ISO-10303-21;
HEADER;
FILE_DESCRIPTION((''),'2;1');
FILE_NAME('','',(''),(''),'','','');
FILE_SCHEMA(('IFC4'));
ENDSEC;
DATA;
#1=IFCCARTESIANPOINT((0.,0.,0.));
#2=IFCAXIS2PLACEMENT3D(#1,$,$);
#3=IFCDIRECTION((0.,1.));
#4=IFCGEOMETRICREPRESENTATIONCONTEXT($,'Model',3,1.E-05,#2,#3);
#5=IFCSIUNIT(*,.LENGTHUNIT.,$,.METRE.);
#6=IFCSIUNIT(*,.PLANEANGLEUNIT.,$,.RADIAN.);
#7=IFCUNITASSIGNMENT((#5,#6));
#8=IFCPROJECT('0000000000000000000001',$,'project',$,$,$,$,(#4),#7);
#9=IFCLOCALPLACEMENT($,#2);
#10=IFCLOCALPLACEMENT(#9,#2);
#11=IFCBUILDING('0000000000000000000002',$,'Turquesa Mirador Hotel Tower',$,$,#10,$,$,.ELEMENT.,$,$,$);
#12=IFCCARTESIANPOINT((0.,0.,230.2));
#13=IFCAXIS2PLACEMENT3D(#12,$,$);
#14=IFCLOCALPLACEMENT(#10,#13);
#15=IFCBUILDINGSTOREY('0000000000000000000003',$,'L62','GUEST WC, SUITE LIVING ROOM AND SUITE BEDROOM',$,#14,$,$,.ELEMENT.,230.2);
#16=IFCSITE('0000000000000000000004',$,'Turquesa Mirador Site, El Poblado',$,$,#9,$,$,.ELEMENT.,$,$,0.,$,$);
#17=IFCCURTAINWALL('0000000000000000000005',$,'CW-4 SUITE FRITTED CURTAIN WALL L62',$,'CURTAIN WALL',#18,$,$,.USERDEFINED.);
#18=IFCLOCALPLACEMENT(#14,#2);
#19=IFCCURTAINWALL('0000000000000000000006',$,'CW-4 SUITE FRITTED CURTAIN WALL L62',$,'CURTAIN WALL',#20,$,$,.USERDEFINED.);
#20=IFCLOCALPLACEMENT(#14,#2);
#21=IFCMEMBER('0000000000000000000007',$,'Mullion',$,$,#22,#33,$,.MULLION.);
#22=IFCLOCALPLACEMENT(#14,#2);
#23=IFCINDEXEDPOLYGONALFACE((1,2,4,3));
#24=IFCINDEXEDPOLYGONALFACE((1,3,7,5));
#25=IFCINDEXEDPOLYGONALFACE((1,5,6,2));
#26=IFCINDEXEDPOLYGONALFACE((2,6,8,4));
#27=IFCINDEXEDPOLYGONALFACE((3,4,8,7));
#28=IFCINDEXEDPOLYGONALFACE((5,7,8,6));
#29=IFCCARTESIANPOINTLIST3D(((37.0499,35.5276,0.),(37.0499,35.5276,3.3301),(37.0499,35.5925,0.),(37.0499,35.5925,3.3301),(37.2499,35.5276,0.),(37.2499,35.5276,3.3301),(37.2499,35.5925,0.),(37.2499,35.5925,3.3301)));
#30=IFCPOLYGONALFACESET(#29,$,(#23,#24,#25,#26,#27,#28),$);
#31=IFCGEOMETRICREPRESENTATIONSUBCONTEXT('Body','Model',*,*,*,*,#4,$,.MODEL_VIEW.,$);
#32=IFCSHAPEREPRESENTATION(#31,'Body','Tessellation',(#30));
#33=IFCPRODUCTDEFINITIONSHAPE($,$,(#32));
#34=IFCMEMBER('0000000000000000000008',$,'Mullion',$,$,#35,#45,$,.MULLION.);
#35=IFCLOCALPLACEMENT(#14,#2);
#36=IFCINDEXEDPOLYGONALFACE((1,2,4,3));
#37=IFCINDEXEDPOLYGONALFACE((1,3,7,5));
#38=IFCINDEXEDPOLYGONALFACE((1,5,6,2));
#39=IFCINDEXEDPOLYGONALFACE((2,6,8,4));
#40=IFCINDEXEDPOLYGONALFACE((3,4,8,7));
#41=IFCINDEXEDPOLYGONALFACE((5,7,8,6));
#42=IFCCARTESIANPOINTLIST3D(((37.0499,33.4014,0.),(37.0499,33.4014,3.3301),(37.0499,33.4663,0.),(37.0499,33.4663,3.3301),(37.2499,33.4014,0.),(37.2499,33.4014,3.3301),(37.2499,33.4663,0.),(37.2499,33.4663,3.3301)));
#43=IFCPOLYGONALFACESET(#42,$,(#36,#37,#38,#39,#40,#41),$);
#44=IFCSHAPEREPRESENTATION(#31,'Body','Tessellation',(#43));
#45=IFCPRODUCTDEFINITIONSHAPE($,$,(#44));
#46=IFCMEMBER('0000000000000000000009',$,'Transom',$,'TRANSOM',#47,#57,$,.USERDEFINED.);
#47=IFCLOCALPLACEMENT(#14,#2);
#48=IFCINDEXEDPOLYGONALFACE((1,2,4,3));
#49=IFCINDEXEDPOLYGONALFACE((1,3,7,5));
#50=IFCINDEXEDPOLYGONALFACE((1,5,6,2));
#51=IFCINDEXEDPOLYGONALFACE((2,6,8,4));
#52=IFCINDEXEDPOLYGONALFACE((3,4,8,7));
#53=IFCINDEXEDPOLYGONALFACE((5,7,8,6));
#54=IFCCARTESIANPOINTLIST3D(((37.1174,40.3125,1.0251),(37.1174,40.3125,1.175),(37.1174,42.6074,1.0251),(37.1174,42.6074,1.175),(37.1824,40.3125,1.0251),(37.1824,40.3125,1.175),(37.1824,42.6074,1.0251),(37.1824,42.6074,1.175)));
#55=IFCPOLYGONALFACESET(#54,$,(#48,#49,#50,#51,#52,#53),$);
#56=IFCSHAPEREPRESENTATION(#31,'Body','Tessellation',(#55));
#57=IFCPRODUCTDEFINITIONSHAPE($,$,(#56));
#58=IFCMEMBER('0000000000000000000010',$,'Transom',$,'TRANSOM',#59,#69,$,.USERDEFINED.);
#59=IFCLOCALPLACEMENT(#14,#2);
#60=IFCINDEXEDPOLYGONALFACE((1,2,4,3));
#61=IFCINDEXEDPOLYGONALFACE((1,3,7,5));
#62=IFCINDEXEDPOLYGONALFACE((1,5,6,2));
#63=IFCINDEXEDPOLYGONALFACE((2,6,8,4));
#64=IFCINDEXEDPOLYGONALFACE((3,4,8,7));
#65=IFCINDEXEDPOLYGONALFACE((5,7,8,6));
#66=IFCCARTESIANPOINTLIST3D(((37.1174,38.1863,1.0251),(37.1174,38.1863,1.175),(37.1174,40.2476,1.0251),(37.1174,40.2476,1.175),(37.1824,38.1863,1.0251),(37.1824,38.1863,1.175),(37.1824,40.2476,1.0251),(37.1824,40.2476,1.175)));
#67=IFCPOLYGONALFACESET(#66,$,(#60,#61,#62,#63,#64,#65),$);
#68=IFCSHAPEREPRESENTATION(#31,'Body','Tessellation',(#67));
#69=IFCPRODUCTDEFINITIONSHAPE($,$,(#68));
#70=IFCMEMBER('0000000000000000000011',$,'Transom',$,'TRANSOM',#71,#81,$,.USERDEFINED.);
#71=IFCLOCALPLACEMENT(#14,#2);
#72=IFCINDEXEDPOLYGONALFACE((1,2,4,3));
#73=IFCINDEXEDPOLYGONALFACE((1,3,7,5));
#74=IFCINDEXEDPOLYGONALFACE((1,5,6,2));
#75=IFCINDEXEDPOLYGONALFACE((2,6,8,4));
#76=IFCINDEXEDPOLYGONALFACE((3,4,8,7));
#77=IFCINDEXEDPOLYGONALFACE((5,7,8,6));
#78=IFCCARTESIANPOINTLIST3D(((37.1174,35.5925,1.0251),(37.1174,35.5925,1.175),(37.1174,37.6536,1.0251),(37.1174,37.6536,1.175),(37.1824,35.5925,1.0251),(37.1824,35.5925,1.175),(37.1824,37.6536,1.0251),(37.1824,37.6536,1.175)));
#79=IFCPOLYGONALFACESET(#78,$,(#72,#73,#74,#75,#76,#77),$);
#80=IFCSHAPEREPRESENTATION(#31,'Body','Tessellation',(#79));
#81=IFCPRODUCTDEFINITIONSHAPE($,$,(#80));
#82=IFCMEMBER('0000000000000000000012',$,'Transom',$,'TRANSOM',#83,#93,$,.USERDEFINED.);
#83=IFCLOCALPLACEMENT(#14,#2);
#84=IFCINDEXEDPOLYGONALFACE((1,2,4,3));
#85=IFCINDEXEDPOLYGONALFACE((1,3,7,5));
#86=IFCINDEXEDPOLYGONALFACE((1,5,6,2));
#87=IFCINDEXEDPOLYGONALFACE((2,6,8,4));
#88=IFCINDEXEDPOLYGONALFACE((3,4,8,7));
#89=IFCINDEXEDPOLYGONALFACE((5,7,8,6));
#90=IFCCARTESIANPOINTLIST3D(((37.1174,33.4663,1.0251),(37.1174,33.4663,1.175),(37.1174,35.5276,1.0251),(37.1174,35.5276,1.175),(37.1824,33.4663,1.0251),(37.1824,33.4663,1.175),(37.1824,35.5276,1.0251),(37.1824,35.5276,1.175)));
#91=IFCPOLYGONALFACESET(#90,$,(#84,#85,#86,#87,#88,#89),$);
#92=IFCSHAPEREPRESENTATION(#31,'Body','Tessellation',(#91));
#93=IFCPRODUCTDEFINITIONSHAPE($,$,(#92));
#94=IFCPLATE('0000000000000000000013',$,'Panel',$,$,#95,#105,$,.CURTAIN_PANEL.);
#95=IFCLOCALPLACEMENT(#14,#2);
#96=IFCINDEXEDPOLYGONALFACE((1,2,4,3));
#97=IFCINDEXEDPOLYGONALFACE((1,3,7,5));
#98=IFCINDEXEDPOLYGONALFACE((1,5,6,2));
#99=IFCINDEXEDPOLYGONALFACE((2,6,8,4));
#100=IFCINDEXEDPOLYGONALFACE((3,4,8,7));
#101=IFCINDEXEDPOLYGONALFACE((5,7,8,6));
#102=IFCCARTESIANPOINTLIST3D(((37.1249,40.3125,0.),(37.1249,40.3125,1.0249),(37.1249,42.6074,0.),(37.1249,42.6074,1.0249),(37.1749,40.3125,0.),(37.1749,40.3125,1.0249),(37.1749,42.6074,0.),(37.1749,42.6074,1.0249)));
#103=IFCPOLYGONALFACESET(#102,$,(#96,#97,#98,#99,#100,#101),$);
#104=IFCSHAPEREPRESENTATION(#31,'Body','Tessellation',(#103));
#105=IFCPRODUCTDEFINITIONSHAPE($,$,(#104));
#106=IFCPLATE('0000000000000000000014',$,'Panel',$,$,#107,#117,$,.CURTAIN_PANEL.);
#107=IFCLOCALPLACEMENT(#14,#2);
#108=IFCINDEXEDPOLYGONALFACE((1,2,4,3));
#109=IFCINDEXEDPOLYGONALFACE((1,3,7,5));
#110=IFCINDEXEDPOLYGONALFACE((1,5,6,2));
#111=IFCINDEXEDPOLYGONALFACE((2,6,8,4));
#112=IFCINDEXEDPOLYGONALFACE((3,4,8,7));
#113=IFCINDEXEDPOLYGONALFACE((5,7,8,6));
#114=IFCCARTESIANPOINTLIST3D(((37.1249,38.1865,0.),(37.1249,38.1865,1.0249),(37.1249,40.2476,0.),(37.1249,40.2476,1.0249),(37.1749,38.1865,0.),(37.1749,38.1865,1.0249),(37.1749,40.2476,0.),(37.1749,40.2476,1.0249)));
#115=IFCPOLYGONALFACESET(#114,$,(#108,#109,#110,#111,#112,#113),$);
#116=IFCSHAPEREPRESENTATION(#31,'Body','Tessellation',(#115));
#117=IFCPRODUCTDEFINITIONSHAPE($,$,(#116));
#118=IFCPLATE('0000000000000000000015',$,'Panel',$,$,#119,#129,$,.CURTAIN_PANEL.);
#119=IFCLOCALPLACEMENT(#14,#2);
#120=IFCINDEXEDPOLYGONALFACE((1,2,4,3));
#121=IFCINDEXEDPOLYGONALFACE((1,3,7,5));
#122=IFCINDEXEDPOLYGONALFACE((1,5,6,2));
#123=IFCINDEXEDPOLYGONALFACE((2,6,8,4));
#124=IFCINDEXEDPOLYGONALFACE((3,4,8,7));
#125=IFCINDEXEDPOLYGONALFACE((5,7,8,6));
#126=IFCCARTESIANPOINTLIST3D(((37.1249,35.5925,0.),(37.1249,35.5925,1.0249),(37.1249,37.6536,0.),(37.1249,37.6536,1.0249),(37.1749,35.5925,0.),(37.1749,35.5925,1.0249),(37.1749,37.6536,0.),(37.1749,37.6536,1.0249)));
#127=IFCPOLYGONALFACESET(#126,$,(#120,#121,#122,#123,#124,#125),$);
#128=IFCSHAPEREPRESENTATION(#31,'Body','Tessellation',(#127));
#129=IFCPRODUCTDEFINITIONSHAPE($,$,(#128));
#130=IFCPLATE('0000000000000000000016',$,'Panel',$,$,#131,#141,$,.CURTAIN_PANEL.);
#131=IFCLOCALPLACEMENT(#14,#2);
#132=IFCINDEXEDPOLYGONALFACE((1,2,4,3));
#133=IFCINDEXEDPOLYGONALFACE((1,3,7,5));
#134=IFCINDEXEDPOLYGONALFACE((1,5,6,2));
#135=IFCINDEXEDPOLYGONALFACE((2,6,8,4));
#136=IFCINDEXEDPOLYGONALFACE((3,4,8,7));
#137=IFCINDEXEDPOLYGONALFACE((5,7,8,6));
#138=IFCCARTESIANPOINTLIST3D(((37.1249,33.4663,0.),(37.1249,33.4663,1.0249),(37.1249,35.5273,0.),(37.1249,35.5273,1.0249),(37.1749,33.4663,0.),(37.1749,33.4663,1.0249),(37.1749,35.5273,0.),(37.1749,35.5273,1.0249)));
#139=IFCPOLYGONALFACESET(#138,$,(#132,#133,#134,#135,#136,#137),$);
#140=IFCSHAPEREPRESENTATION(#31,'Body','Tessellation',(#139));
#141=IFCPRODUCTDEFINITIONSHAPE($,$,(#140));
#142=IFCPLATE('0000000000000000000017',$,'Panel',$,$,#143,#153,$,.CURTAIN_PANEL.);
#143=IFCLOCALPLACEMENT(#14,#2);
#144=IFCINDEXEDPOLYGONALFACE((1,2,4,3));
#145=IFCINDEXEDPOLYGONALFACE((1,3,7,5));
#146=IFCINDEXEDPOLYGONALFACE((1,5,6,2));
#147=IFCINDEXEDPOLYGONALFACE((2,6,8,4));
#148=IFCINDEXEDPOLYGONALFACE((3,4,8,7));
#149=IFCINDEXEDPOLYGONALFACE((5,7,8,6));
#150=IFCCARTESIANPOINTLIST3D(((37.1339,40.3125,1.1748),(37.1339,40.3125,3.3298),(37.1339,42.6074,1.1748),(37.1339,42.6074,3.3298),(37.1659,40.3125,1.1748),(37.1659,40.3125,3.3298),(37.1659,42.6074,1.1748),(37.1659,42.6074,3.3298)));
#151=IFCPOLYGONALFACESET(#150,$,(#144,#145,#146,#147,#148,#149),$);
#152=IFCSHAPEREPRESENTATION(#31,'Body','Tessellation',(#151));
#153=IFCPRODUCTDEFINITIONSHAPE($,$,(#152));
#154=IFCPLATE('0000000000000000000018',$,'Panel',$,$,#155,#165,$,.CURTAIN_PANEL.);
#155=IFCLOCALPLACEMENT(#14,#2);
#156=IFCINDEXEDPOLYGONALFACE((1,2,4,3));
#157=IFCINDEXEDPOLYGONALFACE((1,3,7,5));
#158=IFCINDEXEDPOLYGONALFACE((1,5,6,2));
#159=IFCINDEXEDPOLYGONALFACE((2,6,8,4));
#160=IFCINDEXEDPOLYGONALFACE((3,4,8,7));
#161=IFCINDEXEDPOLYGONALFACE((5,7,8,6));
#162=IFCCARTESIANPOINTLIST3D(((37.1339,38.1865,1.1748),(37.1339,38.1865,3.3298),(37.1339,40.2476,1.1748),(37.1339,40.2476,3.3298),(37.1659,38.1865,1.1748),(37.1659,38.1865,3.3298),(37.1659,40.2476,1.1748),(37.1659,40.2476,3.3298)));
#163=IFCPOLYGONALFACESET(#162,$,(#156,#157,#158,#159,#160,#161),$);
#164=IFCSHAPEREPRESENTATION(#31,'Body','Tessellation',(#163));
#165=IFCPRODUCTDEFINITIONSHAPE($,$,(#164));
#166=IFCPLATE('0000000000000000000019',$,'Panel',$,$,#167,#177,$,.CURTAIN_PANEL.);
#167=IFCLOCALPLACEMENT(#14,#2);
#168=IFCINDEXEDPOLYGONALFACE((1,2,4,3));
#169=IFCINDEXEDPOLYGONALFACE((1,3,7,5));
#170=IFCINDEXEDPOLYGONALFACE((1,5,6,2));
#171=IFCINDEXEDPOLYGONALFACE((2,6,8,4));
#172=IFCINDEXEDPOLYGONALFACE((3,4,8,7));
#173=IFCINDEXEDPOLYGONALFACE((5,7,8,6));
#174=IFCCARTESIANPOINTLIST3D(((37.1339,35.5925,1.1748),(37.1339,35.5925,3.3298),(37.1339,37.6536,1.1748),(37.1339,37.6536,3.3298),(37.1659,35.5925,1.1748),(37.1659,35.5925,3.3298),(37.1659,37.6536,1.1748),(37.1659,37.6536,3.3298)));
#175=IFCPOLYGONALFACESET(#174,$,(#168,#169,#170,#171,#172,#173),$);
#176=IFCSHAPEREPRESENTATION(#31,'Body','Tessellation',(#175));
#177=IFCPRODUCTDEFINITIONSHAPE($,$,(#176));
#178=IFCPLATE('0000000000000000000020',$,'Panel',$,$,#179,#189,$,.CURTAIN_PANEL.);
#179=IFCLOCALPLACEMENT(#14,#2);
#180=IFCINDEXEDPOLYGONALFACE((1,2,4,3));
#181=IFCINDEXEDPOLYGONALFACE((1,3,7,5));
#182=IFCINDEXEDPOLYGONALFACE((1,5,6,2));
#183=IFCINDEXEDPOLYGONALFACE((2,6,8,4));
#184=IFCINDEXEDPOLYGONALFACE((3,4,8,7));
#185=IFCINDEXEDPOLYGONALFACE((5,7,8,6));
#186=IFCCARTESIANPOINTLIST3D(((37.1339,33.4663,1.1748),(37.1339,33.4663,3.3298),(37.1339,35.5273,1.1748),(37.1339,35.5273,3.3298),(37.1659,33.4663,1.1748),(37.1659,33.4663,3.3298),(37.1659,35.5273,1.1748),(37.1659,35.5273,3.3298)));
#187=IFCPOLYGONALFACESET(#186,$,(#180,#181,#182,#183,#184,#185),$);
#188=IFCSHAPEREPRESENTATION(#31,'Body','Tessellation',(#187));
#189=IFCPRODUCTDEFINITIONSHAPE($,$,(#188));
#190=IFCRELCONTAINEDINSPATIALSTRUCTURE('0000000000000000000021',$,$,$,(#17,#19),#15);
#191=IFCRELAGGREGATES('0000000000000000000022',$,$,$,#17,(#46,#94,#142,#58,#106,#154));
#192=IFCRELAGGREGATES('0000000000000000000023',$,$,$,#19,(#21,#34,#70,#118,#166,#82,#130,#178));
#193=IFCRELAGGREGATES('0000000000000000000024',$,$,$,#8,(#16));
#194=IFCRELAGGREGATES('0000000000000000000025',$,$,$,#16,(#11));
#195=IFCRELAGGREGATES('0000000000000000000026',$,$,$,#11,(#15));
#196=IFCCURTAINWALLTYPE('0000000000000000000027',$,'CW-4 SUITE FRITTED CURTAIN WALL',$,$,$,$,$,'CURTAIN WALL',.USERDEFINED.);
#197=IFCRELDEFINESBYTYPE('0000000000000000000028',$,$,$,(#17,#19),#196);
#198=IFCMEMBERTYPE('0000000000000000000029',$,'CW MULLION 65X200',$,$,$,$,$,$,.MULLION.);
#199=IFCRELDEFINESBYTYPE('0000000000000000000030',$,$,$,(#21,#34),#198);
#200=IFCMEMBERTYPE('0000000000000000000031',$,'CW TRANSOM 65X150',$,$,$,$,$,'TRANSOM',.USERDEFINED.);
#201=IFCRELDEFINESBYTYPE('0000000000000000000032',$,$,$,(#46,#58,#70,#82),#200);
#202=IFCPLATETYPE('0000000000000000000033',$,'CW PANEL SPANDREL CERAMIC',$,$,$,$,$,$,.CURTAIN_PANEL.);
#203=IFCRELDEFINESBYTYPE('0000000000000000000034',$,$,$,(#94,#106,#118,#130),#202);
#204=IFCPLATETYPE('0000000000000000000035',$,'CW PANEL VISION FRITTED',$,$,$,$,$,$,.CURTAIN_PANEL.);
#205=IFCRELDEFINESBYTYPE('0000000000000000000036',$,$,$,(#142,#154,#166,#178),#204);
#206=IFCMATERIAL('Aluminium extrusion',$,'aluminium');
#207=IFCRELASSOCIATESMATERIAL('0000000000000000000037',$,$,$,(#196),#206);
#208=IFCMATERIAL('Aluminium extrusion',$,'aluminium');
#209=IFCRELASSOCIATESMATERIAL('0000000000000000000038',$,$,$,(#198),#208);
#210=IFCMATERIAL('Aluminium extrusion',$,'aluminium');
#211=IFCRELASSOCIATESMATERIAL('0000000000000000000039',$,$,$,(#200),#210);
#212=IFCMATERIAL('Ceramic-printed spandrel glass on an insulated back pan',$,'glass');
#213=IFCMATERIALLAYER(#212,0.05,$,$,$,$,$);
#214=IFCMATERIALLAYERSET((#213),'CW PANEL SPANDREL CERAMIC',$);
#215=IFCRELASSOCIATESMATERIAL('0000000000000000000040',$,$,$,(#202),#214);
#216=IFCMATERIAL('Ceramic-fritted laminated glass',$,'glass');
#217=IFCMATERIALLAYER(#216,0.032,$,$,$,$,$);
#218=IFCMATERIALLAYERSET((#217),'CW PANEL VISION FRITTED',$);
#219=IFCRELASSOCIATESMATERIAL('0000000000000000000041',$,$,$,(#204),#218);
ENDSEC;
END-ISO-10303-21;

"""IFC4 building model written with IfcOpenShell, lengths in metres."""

from ifc_helpers import new_model, si_unit, direction, frame, origin, origin_2d, place, context, subcontext, project, spatial, rectangle, extrude, material, layer, layer_set, material_profile, profile_set, type_object, element, aggregate, save


model = new_model("IFC4")

# Units and contexts
model_context = context("Model", 3, precision=1e-05, world=origin(), true_north=direction((0.0, 1.0)))
body_context = subcontext(model_context, "Body", "Model", "MODEL_VIEW")
ifc_project = project(units=[si_unit("LENGTHUNIT", "METRE"), si_unit("PLANEANGLEUNIT", "RADIAN")], contexts=[model_context])

# Site, building, storey
site_placement = place(None, origin())
site = spatial("IfcSite", under=ifc_project, at=site_placement, Name="Turquesa Mirador Site, El Poblado", CompositionType="ELEMENT", RefElevation=0.0)
building_placement = place(site_placement, origin())
building = spatial("IfcBuilding", under=site, at=building_placement, Name="Turquesa Mirador Hotel Tower", CompositionType="ELEMENT")
storey_placement = place(building_placement, frame((0.0, 0.0, 230.2)))
storey = spatial("IfcBuildingStorey", under=building, at=storey_placement, Name="L62", Description="GUEST WC, SUITE LIVING ROOM AND SUITE BEDROOM", CompositionType="ELEMENT", Elevation=230.2)

# Curtain walls, members
ifc_material_1 = material(Name="Aluminium extrusion", Category="aluminium")
curtain_wall_type = type_object("IfcCurtainWallType", Name="CW-4 SUITE FRITTED CURTAIN WALL", ElementType="CURTAIN WALL", PredefinedType="USERDEFINED", material=ifc_material_1)
curtain_wall_1_placement = place(storey_placement, origin())
curtain_wall_1 = element("IfcCurtainWall", 1, at=curtain_wall_1_placement, inside=storey, type_object=curtain_wall_type, Name="CW-4 SUITE FRITTED CURTAIN WALL L62", ObjectType="CURTAIN WALL", PredefinedType="USERDEFINED")
ifc_material_2 = material(Name="Aluminium extrusion", Category="aluminium")
ifc_material_profile_1 = material_profile(ifc_material_2, rectangle(XDim=0.0649, YDim=0.2, at=origin_2d()), Name="MULLION 65X200")
ifc_profile_set_1 = profile_set([ifc_material_profile_1], Name="Aluminium extrusion")
member_type_1 = type_object("IfcMemberType", Name="CW MULLION 65X200", PredefinedType="MULLION", material=ifc_profile_set_1)
curtain_wall_2_placement = place(storey_placement, origin())
curtain_wall_2 = element("IfcCurtainWall", 2, at=curtain_wall_2_placement, inside=storey, type_object=curtain_wall_type, Name="CW-4 SUITE FRITTED CURTAIN WALL L62", ObjectType="CURTAIN WALL", PredefinedType="USERDEFINED")
member_1_placement = place(storey_placement, frame((37.1499, 35.5601, 0.0), z_axis=(0.0, 0.0, 1.0), x_axis=(0.0, -1.0, 0.0)))
member_1 = element("IfcMember", 3, at=member_1_placement, type_object=member_type_1, Name="Mullion", PredefinedType="MULLION", context=body_context, shape_type="SweptSolid", body=[
    extrude(rectangle(XDim=0.0649, YDim=0.2, at=origin_2d()), origin(), (0.0, 0.0, 1.0), 3.3301),
])
member_2_placement = place(storey_placement, frame((37.1499, 33.4338, 0.0), z_axis=(0.0, 0.0, 1.0), x_axis=(0.0, -1.0, 0.0)))
member_2 = element("IfcMember", 4, at=member_2_placement, type_object=member_type_1, Name="Mullion", PredefinedType="MULLION", context=body_context, shape_type="SweptSolid", body=[
    extrude(rectangle(XDim=0.0649, YDim=0.2, at=origin_2d()), origin(), (0.0, 0.0, 1.0), 3.3301),
])

# Members
ifc_material_3 = material(Name="Aluminium extrusion", Category="aluminium")
ifc_material_profile_2 = material_profile(ifc_material_3, rectangle(XDim=0.0649, YDim=0.1499, at=origin_2d()), Name="TRANSOM 65X150")
ifc_profile_set_2 = profile_set([ifc_material_profile_2], Name="Aluminium extrusion")
member_type_2 = type_object("IfcMemberType", Name="CW TRANSOM 65X150", ElementType="TRANSOM", PredefinedType="USERDEFINED", material=ifc_profile_set_2)
member_3_placement = place(storey_placement, frame((37.1499, 42.6074, 1.1001), z_axis=(0.0, -1.0, 0.0), x_axis=(1.0, 0.0, 0.0)))
member_3 = element("IfcMember", 5, at=member_3_placement, type_object=member_type_2, Name="Transom", ObjectType="TRANSOM", PredefinedType="USERDEFINED", context=body_context, shape_type="SweptSolid", body=[
    extrude(rectangle(XDim=0.0649, YDim=0.1499, at=origin_2d()), origin(), (0.0, 0.0, 1.0), 2.2949),
])
member_4_placement = place(storey_placement, frame((37.1499, 40.2476, 1.1001), z_axis=(0.0, -1.0, 0.0), x_axis=(1.0, 0.0, 0.0)))
member_4 = element("IfcMember", 6, at=member_4_placement, type_object=member_type_2, Name="Transom", ObjectType="TRANSOM", PredefinedType="USERDEFINED", context=body_context, shape_type="SweptSolid", body=[
    extrude(rectangle(XDim=0.0649, YDim=0.1499, at=origin_2d()), origin(), (0.0, 0.0, 1.0), 2.0613),
])
member_5_placement = place(storey_placement, frame((37.1499, 37.6536, 1.1001), z_axis=(0.0, -1.0, 0.0), x_axis=(1.0, 0.0, 0.0)))
member_5 = element("IfcMember", 7, at=member_5_placement, type_object=member_type_2, Name="Transom", ObjectType="TRANSOM", PredefinedType="USERDEFINED", context=body_context, shape_type="SweptSolid", body=[
    extrude(rectangle(XDim=0.0649, YDim=0.1499, at=origin_2d()), origin(), (0.0, 0.0, 1.0), 2.061),
])
member_6_placement = place(storey_placement, frame((37.1499, 35.5276, 1.1001), z_axis=(0.0, -1.0, 0.0), x_axis=(1.0, 0.0, 0.0)))
member_6 = element("IfcMember", 8, at=member_6_placement, type_object=member_type_2, Name="Transom", ObjectType="TRANSOM", PredefinedType="USERDEFINED", context=body_context, shape_type="SweptSolid", body=[
    extrude(rectangle(XDim=0.0649, YDim=0.1499, at=origin_2d()), origin(), (0.0, 0.0, 1.0), 2.0613),
])

# Plates
ifc_material_4 = material(Name="Ceramic-printed spandrel glass on an insulated back pan", Category="glass")
ifc_layer_1 = layer(ifc_material_4, 0.05)
ifc_layer_set_1 = layer_set([ifc_layer_1], Name="CW PANEL SPANDREL CERAMIC")
plate_type_1 = type_object("IfcPlateType", Name="CW PANEL SPANDREL CERAMIC", PredefinedType="CURTAIN_PANEL", material=ifc_layer_set_1)
plate_1_placement = place(storey_placement, frame((37.1499, 41.46, 0.0), z_axis=(0.0, 0.0, 1.0), x_axis=(0.0, -1.0, 0.0)))
plate_1 = element("IfcPlate", 9, at=plate_1_placement, type_object=plate_type_1, Name="Panel", PredefinedType="CURTAIN_PANEL", context=body_context, shape_type="SweptSolid", body=[
    extrude(rectangle(XDim=2.2949, YDim=0.05, at=origin_2d()), origin(), (0.0, 0.0, 1.0), 1.0249),
])
plate_2_placement = place(storey_placement, frame((37.1499, 39.217, 0.0), z_axis=(0.0, 0.0, 1.0), x_axis=(0.0, -1.0, 0.0)))
plate_2 = element("IfcPlate", 10, at=plate_2_placement, type_object=plate_type_1, Name="Panel", PredefinedType="CURTAIN_PANEL", context=body_context, shape_type="SweptSolid", body=[
    extrude(rectangle(XDim=2.061, YDim=0.05, at=origin_2d()), origin(), (0.0, 0.0, 1.0), 1.0249),
])
plate_3_placement = place(storey_placement, frame((37.1499, 36.623, 0.0), z_axis=(0.0, 0.0, 1.0), x_axis=(0.0, -1.0, 0.0)))
plate_3 = element("IfcPlate", 11, at=plate_3_placement, type_object=plate_type_1, Name="Panel", PredefinedType="CURTAIN_PANEL", context=body_context, shape_type="SweptSolid", body=[
    extrude(rectangle(XDim=2.061, YDim=0.05, at=origin_2d()), origin(), (0.0, 0.0, 1.0), 1.0249),
])
plate_4_placement = place(storey_placement, frame((37.1499, 34.4968, 0.0), z_axis=(0.0, 0.0, 1.0), x_axis=(0.0, -1.0, 0.0)))
plate_4 = element("IfcPlate", 12, at=plate_4_placement, type_object=plate_type_1, Name="Panel", PredefinedType="CURTAIN_PANEL", context=body_context, shape_type="SweptSolid", body=[
    extrude(rectangle(XDim=2.061, YDim=0.05, at=origin_2d()), origin(), (0.0, 0.0, 1.0), 1.0249),
])
ifc_material_5 = material(Name="Ceramic-fritted laminated glass", Category="glass")
ifc_layer_2 = layer(ifc_material_5, 0.032)
ifc_layer_set_2 = layer_set([ifc_layer_2], Name="CW PANEL VISION FRITTED")
plate_type_2 = type_object("IfcPlateType", Name="CW PANEL VISION FRITTED", PredefinedType="CURTAIN_PANEL", material=ifc_layer_set_2)
plate_5_placement = place(storey_placement, frame((37.1499, 41.46, 1.1748), z_axis=(0.0, 0.0, 1.0), x_axis=(0.0, -1.0, 0.0)))
plate_5 = element("IfcPlate", 13, at=plate_5_placement, type_object=plate_type_2, Name="Panel", PredefinedType="CURTAIN_PANEL", context=body_context, shape_type="SweptSolid", body=[
    extrude(rectangle(XDim=2.2949, YDim=0.032, at=origin_2d()), origin(), (0.0, 0.0, 1.0), 2.155),
])
plate_6_placement = place(storey_placement, frame((37.1499, 39.217, 1.1748), z_axis=(0.0, 0.0, 1.0), x_axis=(0.0, -1.0, 0.0)))
plate_6 = element("IfcPlate", 14, at=plate_6_placement, type_object=plate_type_2, Name="Panel", PredefinedType="CURTAIN_PANEL", context=body_context, shape_type="SweptSolid", body=[
    extrude(rectangle(XDim=2.061, YDim=0.032, at=origin_2d()), origin(), (0.0, 0.0, 1.0), 2.155),
])
aggregate(curtain_wall_1, [member_3, plate_1, plate_5, member_4, plate_2, plate_6])
plate_7_placement = place(storey_placement, frame((37.1499, 36.623, 1.1748), z_axis=(0.0, 0.0, 1.0), x_axis=(0.0, -1.0, 0.0)))
plate_7 = element("IfcPlate", 15, at=plate_7_placement, type_object=plate_type_2, Name="Panel", PredefinedType="CURTAIN_PANEL", context=body_context, shape_type="SweptSolid", body=[
    extrude(rectangle(XDim=2.061, YDim=0.032, at=origin_2d()), origin(), (0.0, 0.0, 1.0), 2.155),
])
plate_8_placement = place(storey_placement, frame((37.1499, 34.4968, 1.1748), z_axis=(0.0, 0.0, 1.0), x_axis=(0.0, -1.0, 0.0)))
plate_8 = element("IfcPlate", 16, at=plate_8_placement, type_object=plate_type_2, Name="Panel", PredefinedType="CURTAIN_PANEL", context=body_context, shape_type="SweptSolid", body=[
    extrude(rectangle(XDim=2.061, YDim=0.032, at=origin_2d()), origin(), (0.0, 0.0, 1.0), 2.155),
])
aggregate(curtain_wall_2, [member_1, member_2, member_5, plate_3, plate_7, member_6, plate_4, plate_8])

save(model, "model.ifc")
